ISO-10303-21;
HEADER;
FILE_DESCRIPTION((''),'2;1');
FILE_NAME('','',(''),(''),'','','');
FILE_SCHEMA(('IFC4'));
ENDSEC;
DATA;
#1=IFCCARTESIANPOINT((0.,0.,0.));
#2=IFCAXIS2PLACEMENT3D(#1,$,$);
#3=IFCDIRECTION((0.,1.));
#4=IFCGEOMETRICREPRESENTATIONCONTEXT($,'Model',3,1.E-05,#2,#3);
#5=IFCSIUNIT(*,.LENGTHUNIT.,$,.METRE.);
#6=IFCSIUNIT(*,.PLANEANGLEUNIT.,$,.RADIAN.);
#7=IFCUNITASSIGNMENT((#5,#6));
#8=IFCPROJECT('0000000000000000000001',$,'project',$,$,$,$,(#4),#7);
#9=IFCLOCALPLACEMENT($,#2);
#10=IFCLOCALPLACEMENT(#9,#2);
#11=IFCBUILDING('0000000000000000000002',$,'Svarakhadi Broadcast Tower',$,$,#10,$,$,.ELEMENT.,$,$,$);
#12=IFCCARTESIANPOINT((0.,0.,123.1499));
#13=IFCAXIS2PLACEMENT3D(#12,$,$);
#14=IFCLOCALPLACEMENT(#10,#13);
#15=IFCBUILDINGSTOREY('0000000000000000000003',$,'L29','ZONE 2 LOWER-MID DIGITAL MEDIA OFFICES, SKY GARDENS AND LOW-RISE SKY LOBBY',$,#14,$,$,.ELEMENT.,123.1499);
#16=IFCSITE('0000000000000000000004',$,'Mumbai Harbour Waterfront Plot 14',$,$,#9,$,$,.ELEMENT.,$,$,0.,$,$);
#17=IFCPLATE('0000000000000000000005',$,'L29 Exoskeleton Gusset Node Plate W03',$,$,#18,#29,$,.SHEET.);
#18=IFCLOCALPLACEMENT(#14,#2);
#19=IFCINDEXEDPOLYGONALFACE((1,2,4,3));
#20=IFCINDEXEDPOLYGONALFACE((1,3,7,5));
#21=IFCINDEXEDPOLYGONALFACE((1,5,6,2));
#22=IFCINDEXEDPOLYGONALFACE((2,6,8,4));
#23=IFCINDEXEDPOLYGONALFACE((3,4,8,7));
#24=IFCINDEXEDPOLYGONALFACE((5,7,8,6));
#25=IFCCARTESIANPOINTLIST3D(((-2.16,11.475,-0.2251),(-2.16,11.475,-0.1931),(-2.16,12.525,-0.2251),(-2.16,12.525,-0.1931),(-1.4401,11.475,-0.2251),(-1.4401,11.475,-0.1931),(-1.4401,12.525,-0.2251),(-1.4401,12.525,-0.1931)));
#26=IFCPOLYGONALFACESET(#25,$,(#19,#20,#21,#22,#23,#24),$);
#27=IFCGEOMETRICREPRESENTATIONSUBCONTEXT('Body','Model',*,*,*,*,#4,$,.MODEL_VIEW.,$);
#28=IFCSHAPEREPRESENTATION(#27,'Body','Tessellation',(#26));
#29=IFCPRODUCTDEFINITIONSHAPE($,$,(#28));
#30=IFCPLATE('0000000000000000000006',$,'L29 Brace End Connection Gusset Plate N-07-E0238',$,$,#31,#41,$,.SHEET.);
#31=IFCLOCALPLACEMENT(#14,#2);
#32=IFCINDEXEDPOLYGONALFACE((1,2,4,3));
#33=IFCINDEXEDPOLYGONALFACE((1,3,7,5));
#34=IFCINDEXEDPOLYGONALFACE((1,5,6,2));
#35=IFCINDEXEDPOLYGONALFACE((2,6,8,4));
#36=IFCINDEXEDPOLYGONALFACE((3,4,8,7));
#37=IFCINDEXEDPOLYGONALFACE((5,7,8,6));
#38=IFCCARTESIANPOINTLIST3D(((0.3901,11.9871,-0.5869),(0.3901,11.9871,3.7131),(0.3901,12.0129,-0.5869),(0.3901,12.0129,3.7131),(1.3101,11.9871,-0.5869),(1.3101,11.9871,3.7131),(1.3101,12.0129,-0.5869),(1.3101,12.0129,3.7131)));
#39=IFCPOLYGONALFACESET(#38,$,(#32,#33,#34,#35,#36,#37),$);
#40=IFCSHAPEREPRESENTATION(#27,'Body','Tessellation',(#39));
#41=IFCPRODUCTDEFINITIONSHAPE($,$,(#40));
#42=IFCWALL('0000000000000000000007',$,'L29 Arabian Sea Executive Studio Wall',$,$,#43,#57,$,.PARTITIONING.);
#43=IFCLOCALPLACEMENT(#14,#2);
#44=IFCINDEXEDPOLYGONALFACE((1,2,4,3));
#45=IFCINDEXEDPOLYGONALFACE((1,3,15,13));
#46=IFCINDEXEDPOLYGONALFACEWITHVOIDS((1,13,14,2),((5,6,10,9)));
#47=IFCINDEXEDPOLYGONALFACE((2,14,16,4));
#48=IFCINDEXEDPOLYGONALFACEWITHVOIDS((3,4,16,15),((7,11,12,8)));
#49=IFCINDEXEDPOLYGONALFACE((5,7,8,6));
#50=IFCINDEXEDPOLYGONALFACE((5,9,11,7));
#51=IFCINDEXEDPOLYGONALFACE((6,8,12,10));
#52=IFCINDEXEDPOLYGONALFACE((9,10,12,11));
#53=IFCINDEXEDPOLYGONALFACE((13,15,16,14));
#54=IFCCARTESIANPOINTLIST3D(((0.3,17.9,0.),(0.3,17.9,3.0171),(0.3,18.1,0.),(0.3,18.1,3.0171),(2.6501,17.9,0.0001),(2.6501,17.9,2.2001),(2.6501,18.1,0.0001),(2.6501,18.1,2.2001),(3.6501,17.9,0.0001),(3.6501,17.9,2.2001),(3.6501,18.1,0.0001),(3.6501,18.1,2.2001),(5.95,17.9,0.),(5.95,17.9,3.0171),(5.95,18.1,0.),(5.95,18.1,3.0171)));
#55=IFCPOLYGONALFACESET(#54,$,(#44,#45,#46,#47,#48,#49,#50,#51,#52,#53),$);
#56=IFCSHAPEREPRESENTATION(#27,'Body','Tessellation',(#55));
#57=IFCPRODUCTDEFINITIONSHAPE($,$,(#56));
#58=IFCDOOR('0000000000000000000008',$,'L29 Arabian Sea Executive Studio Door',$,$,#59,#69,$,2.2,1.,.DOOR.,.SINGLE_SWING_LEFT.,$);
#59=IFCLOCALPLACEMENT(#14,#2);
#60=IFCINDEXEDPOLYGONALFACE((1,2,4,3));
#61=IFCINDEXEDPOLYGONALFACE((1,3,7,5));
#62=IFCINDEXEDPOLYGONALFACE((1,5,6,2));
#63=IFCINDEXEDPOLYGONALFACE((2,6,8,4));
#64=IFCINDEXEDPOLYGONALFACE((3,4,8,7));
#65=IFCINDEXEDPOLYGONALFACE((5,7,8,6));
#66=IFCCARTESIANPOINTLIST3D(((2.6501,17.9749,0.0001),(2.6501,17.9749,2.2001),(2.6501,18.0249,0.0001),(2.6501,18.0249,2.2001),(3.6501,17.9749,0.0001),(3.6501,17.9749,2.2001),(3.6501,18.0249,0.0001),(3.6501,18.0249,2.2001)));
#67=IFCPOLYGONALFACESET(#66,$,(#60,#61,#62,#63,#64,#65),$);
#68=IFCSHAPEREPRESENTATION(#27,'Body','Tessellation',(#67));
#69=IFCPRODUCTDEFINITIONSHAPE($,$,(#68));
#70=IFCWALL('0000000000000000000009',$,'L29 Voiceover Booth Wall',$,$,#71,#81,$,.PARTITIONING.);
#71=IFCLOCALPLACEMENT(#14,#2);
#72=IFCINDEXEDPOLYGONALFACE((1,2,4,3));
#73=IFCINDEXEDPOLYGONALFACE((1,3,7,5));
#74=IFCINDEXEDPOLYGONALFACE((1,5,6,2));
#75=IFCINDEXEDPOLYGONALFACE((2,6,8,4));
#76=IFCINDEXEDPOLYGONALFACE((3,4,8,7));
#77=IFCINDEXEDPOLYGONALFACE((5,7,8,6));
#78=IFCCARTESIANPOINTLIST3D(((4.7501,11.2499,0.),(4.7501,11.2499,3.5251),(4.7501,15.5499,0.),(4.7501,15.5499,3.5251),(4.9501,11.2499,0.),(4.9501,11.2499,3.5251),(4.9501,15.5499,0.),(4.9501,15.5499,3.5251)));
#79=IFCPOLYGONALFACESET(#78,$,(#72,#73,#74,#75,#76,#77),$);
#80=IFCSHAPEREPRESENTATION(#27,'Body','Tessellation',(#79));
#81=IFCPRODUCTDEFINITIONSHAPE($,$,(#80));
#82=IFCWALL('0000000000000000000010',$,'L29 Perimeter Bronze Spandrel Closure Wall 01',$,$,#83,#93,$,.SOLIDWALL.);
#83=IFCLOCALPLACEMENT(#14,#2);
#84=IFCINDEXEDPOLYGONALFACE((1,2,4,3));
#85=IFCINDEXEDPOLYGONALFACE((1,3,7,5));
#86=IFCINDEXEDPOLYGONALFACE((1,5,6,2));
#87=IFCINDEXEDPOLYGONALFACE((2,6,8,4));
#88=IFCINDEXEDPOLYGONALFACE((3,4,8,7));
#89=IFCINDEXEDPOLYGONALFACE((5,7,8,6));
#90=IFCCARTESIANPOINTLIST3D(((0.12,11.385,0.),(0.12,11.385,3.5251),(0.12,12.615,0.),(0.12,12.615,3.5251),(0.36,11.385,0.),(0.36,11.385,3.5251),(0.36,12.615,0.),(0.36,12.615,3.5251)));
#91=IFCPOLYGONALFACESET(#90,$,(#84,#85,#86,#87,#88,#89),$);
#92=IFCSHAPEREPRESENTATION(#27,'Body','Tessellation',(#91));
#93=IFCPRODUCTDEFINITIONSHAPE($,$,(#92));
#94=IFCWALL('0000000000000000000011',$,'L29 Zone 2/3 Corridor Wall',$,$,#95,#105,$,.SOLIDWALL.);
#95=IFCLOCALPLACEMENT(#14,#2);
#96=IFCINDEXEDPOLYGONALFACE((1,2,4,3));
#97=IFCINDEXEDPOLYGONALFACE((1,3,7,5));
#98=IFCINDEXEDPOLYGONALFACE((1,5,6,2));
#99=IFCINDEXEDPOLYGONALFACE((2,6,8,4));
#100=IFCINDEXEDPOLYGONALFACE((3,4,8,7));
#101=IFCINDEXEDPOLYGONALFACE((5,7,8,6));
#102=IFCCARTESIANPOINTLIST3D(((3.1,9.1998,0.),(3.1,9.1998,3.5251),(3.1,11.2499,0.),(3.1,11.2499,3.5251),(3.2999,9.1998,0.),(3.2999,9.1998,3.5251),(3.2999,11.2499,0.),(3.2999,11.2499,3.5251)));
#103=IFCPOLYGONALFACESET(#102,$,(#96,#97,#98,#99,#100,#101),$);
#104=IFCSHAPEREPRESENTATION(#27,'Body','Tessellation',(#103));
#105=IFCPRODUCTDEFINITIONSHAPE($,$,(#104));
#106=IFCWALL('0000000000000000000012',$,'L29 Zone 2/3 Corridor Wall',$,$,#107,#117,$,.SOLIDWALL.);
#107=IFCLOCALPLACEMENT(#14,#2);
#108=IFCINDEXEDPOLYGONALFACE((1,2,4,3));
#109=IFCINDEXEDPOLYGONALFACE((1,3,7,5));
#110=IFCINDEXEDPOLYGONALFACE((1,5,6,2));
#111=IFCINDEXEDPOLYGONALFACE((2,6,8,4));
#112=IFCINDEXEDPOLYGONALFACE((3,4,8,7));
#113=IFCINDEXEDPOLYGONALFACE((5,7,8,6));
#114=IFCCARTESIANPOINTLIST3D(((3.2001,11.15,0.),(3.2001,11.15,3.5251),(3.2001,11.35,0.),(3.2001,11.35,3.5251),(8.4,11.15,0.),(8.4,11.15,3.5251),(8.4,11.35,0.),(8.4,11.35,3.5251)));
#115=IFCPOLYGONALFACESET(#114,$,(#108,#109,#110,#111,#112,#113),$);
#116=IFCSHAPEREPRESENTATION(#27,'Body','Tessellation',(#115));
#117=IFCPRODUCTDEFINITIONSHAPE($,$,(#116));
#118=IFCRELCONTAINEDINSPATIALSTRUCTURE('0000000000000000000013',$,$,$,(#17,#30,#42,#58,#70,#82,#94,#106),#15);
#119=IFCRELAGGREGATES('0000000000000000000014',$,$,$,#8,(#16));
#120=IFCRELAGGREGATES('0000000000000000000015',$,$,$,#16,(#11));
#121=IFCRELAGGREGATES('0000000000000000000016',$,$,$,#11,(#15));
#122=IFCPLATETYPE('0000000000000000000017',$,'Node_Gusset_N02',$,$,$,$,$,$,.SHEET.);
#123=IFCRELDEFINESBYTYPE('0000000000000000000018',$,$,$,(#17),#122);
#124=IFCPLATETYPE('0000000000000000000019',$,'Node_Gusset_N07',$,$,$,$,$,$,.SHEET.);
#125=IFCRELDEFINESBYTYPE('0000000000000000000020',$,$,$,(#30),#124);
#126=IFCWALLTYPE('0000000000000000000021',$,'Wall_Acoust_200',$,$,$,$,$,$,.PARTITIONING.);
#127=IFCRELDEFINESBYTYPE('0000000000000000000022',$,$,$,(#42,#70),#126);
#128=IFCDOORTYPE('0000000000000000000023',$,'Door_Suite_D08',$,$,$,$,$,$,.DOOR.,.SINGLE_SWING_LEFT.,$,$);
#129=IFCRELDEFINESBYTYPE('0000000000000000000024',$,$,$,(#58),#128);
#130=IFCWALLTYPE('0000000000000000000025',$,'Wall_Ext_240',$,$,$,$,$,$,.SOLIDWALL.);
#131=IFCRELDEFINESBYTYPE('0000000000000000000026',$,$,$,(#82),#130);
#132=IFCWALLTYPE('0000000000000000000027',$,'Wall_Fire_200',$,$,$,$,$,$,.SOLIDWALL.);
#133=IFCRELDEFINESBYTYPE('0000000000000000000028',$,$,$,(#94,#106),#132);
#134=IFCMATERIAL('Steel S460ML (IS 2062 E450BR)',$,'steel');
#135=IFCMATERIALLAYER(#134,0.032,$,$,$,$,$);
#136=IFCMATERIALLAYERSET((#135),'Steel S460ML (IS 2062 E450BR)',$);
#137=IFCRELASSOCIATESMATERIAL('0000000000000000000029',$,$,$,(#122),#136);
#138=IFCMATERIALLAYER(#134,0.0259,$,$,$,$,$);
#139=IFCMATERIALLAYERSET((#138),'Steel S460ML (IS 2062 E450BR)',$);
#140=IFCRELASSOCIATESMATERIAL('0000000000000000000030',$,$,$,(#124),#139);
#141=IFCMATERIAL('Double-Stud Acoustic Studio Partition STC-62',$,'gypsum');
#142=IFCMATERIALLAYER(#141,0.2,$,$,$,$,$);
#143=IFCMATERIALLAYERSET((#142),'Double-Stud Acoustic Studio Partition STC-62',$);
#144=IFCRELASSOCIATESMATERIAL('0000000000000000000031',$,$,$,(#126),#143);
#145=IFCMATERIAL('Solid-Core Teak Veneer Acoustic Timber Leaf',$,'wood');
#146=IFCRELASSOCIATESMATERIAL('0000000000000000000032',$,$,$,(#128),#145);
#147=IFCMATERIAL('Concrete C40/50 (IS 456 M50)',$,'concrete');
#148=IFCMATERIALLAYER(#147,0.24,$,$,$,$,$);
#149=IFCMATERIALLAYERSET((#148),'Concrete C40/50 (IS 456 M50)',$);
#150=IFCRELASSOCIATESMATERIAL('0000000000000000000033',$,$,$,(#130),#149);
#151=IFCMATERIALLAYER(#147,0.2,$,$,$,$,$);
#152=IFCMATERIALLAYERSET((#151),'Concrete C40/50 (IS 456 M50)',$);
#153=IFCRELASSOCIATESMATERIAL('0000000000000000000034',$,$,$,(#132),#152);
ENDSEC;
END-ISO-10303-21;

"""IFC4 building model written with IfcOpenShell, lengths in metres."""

from ifc_helpers import new_model, si_unit, direction, frame, frame_2d, origin, origin_2d, place, context, subcontext, project, spatial, rectangle, extrude, material, layer, layer_set, type_object, element, fill, save


model = new_model("IFC4")

# Units and contexts
model_context = context("Model", 3, precision=1e-05, world=origin(), true_north=direction((0.0, 1.0)))
body_context = subcontext(model_context, "Body", "Model", "MODEL_VIEW")
ifc_project = project(units=[si_unit("LENGTHUNIT", "METRE"), si_unit("PLANEANGLEUNIT", "RADIAN")], contexts=[model_context])

# Site, building, storey
site_placement = place(None, origin())
site = spatial("IfcSite", under=ifc_project, at=site_placement, Name="Mumbai Harbour Waterfront Plot 14", CompositionType="ELEMENT", RefElevation=0.0)
building_placement = place(site_placement, origin())
building = spatial("IfcBuilding", under=site, at=building_placement, Name="Svarakhadi Broadcast Tower", CompositionType="ELEMENT")
storey_placement = place(building_placement, frame((0.0, 0.0, 123.1499)))
storey = spatial("IfcBuildingStorey", under=building, at=storey_placement, Name="L29", Description="ZONE 2 LOWER-MID DIGITAL MEDIA OFFICES, SKY GARDENS AND LOW-RISE SKY LOBBY", CompositionType="ELEMENT", Elevation=123.1499)

# Shared definitions
ifc_material_1 = material(Name="Steel S460ML (IS 2062 E450BR)", Category="steel")

# Plates
ifc_layer_1 = layer(ifc_material_1, 0.032)
ifc_layer_set_1 = layer_set([ifc_layer_1], Name="Steel S460ML (IS 2062 E450BR)")
plate_type_1 = type_object("IfcPlateType", Name="Node_Gusset_N02", PredefinedType="SHEET", material=ifc_layer_set_1)
plate_1_placement = place(storey_placement, frame((-1.8, 12.0, -0.2251), z_axis=(0.0, 0.0, 1.0), x_axis=(0.0, 1.0, 0.0)))
element("IfcPlate", 1, at=plate_1_placement, inside=storey, type_object=plate_type_1, Name="L29 Exoskeleton Gusset Node Plate W03", PredefinedType="SHEET", context=body_context, shape_type="SweptSolid", body=[
    extrude(rectangle(XDim=1.05, YDim=0.72, at=origin_2d()), origin(), (0.0, 0.0, 1.0), 0.032),
])
ifc_layer_2 = layer(ifc_material_1, 0.0259)
ifc_layer_set_2 = layer_set([ifc_layer_2], Name="Steel S460ML (IS 2062 E450BR)")
plate_type_2 = type_object("IfcPlateType", Name="Node_Gusset_N07", PredefinedType="SHEET", material=ifc_layer_set_2)
plate_2_placement = place(storey_placement, frame((0.8501, 12.0, -0.5869), z_axis=(0.0, 0.0, 1.0), x_axis=(1.0, 0.0, 0.0)))
element("IfcPlate", 2, at=plate_2_placement, inside=storey, type_object=plate_type_2, Name="L29 Brace End Connection Gusset Plate N-07-E0238", PredefinedType="SHEET", context=body_context, shape_type="SweptSolid", body=[
    extrude(rectangle(XDim=0.9199, YDim=0.0259, at=origin_2d()), origin(), (0.0, 0.0, 1.0), 4.3),
])

# Wall, opening, door
ifc_material_2 = material(Name="Double-Stud Acoustic Studio Partition STC-62", Category="gypsum")
ifc_layer_3 = layer(ifc_material_2, 0.2)
ifc_layer_set_3 = layer_set([ifc_layer_3], Name="Double-Stud Acoustic Studio Partition STC-62")
wall_type_1 = type_object("IfcWallType", Name="Wall_Acoust_200", PredefinedType="PARTITIONING", material=ifc_layer_set_3)
wall_1_placement = place(storey_placement, frame((0.3, 18.0, 0.0), z_axis=(0.0, 0.0, 1.0), x_axis=(1.0, 0.0, 0.0)))
wall_1 = element("IfcWall", 3, at=wall_1_placement, inside=storey, type_object=wall_type_1, Name="L29 Arabian Sea Executive Studio Wall", PredefinedType="PARTITIONING", context=body_context, shape_type="SweptSolid", body=[
    extrude(rectangle(XDim=5.6499, YDim=0.2, at=frame_2d((2.825, 0.0))), origin(), (0.0, 0.0, 1.0), 3.0171),
])
opening_placement = place(wall_1_placement, frame((2.3501, 0.0, 0.0)))
opening = element("IfcOpeningElement", 4, at=opening_placement, cuts=wall_1, PredefinedType="OPENING", context=body_context, shape_type="SweptSolid", body=[
    extrude(rectangle(XDim=1.0, YDim=2.2, at=frame_2d((0.5, 1.1001))), frame((0.0, 0.1099, 0.0), z_axis=(0.0, -1.0, 0.0), x_axis=(1.0, 0.0, 0.0)), (0.0, 0.0, 1.0), 0.22),
])
ifc_material_3 = material(Name="Solid-Core Teak Veneer Acoustic Timber Leaf", Category="wood")
door_type = type_object("IfcDoorType", Name="Door_Suite_D08", OperationType="SINGLE_SWING_LEFT", PredefinedType="DOOR", material=ifc_material_3)
door_placement = place(opening_placement, origin())
door = element("IfcDoor", 5, at=door_placement, inside=storey, type_object=door_type, Name="L29 Arabian Sea Executive Studio Door", OperationType="SINGLE_SWING_LEFT", OverallHeight=2.2, OverallWidth=1.0, PredefinedType="DOOR", context=body_context, shape_type="SweptSolid", body=[
    extrude(rectangle(XDim=1.0, YDim=2.2, at=frame_2d((0.5, 1.1001))), frame((0.0, 0.0249, 0.0), z_axis=(0.0, -1.0, 0.0), x_axis=(1.0, 0.0, 0.0)), (0.0, 0.0, 1.0), 0.05),
])
fill(opening, door)

# Walls
wall_2_placement = place(storey_placement, frame((4.8501, 11.25, 0.0), z_axis=(0.0, 0.0, 1.0), x_axis=(0.0, 1.0, 0.0)))
element("IfcWall", 6, at=wall_2_placement, inside=storey, type_object=wall_type_1, Name="L29 Voiceover Booth Wall", PredefinedType="PARTITIONING", context=body_context, shape_type="SweptSolid", body=[
    extrude(rectangle(XDim=4.3, YDim=0.2, at=frame_2d((2.1499, 0.0))), origin(), (0.0, 0.0, 1.0), 3.5251),
])
ifc_material_4 = material(Name="Concrete C40/50 (IS 456 M50)", Category="concrete")
ifc_layer_4 = layer(ifc_material_4, 0.24)
ifc_layer_set_4 = layer_set([ifc_layer_4], Name="Concrete C40/50 (IS 456 M50)")
wall_type_2 = type_object("IfcWallType", Name="Wall_Ext_240", PredefinedType="SOLIDWALL", material=ifc_layer_set_4)
wall_3_placement = place(storey_placement, frame((0.24, 11.385, 0.0), z_axis=(0.0, 0.0, 1.0), x_axis=(0.0, 1.0, 0.0)))
element("IfcWall", 7, at=wall_3_placement, inside=storey, type_object=wall_type_2, Name="L29 Perimeter Bronze Spandrel Closure Wall 01", PredefinedType="SOLIDWALL", context=body_context, shape_type="SweptSolid", body=[
    extrude(rectangle(XDim=1.23, YDim=0.24, at=frame_2d((0.615, 0.0))), origin(), (0.0, 0.0, 1.0), 3.5251),
])
ifc_layer_5 = layer(ifc_material_4, 0.2)
ifc_layer_set_5 = layer_set([ifc_layer_5], Name="Concrete C40/50 (IS 456 M50)")
wall_type_3 = type_object("IfcWallType", Name="Wall_Fire_200", PredefinedType="SOLIDWALL", material=ifc_layer_set_5)
wall_4_placement = place(storey_placement, frame((3.2, 9.2, 0.0), z_axis=(0.0, 0.0, 1.0), x_axis=(0.0, 1.0, 0.0)))
element("IfcWall", 8, at=wall_4_placement, inside=storey, type_object=wall_type_3, Name="L29 Zone 2/3 Corridor Wall", PredefinedType="SOLIDWALL", context=body_context, shape_type="SweptSolid", body=[
    extrude(rectangle(XDim=2.05, YDim=0.2, at=frame_2d((1.0249, 0.0))), origin(), (0.0, 0.0, 1.0), 3.5251),
])
wall_5_placement = place(storey_placement, frame((3.2, 11.25, 0.0), z_axis=(0.0, 0.0, 1.0), x_axis=(1.0, 0.0, 0.0)))
element("IfcWall", 9, at=wall_5_placement, inside=storey, type_object=wall_type_3, Name="L29 Zone 2/3 Corridor Wall", PredefinedType="SOLIDWALL", context=body_context, shape_type="SweptSolid", body=[
    extrude(rectangle(XDim=5.2, YDim=0.2, at=frame_2d((2.6001, 0.0))), origin(), (0.0, 0.0, 1.0), 3.5251),
])

save(model, "model.ifc")
